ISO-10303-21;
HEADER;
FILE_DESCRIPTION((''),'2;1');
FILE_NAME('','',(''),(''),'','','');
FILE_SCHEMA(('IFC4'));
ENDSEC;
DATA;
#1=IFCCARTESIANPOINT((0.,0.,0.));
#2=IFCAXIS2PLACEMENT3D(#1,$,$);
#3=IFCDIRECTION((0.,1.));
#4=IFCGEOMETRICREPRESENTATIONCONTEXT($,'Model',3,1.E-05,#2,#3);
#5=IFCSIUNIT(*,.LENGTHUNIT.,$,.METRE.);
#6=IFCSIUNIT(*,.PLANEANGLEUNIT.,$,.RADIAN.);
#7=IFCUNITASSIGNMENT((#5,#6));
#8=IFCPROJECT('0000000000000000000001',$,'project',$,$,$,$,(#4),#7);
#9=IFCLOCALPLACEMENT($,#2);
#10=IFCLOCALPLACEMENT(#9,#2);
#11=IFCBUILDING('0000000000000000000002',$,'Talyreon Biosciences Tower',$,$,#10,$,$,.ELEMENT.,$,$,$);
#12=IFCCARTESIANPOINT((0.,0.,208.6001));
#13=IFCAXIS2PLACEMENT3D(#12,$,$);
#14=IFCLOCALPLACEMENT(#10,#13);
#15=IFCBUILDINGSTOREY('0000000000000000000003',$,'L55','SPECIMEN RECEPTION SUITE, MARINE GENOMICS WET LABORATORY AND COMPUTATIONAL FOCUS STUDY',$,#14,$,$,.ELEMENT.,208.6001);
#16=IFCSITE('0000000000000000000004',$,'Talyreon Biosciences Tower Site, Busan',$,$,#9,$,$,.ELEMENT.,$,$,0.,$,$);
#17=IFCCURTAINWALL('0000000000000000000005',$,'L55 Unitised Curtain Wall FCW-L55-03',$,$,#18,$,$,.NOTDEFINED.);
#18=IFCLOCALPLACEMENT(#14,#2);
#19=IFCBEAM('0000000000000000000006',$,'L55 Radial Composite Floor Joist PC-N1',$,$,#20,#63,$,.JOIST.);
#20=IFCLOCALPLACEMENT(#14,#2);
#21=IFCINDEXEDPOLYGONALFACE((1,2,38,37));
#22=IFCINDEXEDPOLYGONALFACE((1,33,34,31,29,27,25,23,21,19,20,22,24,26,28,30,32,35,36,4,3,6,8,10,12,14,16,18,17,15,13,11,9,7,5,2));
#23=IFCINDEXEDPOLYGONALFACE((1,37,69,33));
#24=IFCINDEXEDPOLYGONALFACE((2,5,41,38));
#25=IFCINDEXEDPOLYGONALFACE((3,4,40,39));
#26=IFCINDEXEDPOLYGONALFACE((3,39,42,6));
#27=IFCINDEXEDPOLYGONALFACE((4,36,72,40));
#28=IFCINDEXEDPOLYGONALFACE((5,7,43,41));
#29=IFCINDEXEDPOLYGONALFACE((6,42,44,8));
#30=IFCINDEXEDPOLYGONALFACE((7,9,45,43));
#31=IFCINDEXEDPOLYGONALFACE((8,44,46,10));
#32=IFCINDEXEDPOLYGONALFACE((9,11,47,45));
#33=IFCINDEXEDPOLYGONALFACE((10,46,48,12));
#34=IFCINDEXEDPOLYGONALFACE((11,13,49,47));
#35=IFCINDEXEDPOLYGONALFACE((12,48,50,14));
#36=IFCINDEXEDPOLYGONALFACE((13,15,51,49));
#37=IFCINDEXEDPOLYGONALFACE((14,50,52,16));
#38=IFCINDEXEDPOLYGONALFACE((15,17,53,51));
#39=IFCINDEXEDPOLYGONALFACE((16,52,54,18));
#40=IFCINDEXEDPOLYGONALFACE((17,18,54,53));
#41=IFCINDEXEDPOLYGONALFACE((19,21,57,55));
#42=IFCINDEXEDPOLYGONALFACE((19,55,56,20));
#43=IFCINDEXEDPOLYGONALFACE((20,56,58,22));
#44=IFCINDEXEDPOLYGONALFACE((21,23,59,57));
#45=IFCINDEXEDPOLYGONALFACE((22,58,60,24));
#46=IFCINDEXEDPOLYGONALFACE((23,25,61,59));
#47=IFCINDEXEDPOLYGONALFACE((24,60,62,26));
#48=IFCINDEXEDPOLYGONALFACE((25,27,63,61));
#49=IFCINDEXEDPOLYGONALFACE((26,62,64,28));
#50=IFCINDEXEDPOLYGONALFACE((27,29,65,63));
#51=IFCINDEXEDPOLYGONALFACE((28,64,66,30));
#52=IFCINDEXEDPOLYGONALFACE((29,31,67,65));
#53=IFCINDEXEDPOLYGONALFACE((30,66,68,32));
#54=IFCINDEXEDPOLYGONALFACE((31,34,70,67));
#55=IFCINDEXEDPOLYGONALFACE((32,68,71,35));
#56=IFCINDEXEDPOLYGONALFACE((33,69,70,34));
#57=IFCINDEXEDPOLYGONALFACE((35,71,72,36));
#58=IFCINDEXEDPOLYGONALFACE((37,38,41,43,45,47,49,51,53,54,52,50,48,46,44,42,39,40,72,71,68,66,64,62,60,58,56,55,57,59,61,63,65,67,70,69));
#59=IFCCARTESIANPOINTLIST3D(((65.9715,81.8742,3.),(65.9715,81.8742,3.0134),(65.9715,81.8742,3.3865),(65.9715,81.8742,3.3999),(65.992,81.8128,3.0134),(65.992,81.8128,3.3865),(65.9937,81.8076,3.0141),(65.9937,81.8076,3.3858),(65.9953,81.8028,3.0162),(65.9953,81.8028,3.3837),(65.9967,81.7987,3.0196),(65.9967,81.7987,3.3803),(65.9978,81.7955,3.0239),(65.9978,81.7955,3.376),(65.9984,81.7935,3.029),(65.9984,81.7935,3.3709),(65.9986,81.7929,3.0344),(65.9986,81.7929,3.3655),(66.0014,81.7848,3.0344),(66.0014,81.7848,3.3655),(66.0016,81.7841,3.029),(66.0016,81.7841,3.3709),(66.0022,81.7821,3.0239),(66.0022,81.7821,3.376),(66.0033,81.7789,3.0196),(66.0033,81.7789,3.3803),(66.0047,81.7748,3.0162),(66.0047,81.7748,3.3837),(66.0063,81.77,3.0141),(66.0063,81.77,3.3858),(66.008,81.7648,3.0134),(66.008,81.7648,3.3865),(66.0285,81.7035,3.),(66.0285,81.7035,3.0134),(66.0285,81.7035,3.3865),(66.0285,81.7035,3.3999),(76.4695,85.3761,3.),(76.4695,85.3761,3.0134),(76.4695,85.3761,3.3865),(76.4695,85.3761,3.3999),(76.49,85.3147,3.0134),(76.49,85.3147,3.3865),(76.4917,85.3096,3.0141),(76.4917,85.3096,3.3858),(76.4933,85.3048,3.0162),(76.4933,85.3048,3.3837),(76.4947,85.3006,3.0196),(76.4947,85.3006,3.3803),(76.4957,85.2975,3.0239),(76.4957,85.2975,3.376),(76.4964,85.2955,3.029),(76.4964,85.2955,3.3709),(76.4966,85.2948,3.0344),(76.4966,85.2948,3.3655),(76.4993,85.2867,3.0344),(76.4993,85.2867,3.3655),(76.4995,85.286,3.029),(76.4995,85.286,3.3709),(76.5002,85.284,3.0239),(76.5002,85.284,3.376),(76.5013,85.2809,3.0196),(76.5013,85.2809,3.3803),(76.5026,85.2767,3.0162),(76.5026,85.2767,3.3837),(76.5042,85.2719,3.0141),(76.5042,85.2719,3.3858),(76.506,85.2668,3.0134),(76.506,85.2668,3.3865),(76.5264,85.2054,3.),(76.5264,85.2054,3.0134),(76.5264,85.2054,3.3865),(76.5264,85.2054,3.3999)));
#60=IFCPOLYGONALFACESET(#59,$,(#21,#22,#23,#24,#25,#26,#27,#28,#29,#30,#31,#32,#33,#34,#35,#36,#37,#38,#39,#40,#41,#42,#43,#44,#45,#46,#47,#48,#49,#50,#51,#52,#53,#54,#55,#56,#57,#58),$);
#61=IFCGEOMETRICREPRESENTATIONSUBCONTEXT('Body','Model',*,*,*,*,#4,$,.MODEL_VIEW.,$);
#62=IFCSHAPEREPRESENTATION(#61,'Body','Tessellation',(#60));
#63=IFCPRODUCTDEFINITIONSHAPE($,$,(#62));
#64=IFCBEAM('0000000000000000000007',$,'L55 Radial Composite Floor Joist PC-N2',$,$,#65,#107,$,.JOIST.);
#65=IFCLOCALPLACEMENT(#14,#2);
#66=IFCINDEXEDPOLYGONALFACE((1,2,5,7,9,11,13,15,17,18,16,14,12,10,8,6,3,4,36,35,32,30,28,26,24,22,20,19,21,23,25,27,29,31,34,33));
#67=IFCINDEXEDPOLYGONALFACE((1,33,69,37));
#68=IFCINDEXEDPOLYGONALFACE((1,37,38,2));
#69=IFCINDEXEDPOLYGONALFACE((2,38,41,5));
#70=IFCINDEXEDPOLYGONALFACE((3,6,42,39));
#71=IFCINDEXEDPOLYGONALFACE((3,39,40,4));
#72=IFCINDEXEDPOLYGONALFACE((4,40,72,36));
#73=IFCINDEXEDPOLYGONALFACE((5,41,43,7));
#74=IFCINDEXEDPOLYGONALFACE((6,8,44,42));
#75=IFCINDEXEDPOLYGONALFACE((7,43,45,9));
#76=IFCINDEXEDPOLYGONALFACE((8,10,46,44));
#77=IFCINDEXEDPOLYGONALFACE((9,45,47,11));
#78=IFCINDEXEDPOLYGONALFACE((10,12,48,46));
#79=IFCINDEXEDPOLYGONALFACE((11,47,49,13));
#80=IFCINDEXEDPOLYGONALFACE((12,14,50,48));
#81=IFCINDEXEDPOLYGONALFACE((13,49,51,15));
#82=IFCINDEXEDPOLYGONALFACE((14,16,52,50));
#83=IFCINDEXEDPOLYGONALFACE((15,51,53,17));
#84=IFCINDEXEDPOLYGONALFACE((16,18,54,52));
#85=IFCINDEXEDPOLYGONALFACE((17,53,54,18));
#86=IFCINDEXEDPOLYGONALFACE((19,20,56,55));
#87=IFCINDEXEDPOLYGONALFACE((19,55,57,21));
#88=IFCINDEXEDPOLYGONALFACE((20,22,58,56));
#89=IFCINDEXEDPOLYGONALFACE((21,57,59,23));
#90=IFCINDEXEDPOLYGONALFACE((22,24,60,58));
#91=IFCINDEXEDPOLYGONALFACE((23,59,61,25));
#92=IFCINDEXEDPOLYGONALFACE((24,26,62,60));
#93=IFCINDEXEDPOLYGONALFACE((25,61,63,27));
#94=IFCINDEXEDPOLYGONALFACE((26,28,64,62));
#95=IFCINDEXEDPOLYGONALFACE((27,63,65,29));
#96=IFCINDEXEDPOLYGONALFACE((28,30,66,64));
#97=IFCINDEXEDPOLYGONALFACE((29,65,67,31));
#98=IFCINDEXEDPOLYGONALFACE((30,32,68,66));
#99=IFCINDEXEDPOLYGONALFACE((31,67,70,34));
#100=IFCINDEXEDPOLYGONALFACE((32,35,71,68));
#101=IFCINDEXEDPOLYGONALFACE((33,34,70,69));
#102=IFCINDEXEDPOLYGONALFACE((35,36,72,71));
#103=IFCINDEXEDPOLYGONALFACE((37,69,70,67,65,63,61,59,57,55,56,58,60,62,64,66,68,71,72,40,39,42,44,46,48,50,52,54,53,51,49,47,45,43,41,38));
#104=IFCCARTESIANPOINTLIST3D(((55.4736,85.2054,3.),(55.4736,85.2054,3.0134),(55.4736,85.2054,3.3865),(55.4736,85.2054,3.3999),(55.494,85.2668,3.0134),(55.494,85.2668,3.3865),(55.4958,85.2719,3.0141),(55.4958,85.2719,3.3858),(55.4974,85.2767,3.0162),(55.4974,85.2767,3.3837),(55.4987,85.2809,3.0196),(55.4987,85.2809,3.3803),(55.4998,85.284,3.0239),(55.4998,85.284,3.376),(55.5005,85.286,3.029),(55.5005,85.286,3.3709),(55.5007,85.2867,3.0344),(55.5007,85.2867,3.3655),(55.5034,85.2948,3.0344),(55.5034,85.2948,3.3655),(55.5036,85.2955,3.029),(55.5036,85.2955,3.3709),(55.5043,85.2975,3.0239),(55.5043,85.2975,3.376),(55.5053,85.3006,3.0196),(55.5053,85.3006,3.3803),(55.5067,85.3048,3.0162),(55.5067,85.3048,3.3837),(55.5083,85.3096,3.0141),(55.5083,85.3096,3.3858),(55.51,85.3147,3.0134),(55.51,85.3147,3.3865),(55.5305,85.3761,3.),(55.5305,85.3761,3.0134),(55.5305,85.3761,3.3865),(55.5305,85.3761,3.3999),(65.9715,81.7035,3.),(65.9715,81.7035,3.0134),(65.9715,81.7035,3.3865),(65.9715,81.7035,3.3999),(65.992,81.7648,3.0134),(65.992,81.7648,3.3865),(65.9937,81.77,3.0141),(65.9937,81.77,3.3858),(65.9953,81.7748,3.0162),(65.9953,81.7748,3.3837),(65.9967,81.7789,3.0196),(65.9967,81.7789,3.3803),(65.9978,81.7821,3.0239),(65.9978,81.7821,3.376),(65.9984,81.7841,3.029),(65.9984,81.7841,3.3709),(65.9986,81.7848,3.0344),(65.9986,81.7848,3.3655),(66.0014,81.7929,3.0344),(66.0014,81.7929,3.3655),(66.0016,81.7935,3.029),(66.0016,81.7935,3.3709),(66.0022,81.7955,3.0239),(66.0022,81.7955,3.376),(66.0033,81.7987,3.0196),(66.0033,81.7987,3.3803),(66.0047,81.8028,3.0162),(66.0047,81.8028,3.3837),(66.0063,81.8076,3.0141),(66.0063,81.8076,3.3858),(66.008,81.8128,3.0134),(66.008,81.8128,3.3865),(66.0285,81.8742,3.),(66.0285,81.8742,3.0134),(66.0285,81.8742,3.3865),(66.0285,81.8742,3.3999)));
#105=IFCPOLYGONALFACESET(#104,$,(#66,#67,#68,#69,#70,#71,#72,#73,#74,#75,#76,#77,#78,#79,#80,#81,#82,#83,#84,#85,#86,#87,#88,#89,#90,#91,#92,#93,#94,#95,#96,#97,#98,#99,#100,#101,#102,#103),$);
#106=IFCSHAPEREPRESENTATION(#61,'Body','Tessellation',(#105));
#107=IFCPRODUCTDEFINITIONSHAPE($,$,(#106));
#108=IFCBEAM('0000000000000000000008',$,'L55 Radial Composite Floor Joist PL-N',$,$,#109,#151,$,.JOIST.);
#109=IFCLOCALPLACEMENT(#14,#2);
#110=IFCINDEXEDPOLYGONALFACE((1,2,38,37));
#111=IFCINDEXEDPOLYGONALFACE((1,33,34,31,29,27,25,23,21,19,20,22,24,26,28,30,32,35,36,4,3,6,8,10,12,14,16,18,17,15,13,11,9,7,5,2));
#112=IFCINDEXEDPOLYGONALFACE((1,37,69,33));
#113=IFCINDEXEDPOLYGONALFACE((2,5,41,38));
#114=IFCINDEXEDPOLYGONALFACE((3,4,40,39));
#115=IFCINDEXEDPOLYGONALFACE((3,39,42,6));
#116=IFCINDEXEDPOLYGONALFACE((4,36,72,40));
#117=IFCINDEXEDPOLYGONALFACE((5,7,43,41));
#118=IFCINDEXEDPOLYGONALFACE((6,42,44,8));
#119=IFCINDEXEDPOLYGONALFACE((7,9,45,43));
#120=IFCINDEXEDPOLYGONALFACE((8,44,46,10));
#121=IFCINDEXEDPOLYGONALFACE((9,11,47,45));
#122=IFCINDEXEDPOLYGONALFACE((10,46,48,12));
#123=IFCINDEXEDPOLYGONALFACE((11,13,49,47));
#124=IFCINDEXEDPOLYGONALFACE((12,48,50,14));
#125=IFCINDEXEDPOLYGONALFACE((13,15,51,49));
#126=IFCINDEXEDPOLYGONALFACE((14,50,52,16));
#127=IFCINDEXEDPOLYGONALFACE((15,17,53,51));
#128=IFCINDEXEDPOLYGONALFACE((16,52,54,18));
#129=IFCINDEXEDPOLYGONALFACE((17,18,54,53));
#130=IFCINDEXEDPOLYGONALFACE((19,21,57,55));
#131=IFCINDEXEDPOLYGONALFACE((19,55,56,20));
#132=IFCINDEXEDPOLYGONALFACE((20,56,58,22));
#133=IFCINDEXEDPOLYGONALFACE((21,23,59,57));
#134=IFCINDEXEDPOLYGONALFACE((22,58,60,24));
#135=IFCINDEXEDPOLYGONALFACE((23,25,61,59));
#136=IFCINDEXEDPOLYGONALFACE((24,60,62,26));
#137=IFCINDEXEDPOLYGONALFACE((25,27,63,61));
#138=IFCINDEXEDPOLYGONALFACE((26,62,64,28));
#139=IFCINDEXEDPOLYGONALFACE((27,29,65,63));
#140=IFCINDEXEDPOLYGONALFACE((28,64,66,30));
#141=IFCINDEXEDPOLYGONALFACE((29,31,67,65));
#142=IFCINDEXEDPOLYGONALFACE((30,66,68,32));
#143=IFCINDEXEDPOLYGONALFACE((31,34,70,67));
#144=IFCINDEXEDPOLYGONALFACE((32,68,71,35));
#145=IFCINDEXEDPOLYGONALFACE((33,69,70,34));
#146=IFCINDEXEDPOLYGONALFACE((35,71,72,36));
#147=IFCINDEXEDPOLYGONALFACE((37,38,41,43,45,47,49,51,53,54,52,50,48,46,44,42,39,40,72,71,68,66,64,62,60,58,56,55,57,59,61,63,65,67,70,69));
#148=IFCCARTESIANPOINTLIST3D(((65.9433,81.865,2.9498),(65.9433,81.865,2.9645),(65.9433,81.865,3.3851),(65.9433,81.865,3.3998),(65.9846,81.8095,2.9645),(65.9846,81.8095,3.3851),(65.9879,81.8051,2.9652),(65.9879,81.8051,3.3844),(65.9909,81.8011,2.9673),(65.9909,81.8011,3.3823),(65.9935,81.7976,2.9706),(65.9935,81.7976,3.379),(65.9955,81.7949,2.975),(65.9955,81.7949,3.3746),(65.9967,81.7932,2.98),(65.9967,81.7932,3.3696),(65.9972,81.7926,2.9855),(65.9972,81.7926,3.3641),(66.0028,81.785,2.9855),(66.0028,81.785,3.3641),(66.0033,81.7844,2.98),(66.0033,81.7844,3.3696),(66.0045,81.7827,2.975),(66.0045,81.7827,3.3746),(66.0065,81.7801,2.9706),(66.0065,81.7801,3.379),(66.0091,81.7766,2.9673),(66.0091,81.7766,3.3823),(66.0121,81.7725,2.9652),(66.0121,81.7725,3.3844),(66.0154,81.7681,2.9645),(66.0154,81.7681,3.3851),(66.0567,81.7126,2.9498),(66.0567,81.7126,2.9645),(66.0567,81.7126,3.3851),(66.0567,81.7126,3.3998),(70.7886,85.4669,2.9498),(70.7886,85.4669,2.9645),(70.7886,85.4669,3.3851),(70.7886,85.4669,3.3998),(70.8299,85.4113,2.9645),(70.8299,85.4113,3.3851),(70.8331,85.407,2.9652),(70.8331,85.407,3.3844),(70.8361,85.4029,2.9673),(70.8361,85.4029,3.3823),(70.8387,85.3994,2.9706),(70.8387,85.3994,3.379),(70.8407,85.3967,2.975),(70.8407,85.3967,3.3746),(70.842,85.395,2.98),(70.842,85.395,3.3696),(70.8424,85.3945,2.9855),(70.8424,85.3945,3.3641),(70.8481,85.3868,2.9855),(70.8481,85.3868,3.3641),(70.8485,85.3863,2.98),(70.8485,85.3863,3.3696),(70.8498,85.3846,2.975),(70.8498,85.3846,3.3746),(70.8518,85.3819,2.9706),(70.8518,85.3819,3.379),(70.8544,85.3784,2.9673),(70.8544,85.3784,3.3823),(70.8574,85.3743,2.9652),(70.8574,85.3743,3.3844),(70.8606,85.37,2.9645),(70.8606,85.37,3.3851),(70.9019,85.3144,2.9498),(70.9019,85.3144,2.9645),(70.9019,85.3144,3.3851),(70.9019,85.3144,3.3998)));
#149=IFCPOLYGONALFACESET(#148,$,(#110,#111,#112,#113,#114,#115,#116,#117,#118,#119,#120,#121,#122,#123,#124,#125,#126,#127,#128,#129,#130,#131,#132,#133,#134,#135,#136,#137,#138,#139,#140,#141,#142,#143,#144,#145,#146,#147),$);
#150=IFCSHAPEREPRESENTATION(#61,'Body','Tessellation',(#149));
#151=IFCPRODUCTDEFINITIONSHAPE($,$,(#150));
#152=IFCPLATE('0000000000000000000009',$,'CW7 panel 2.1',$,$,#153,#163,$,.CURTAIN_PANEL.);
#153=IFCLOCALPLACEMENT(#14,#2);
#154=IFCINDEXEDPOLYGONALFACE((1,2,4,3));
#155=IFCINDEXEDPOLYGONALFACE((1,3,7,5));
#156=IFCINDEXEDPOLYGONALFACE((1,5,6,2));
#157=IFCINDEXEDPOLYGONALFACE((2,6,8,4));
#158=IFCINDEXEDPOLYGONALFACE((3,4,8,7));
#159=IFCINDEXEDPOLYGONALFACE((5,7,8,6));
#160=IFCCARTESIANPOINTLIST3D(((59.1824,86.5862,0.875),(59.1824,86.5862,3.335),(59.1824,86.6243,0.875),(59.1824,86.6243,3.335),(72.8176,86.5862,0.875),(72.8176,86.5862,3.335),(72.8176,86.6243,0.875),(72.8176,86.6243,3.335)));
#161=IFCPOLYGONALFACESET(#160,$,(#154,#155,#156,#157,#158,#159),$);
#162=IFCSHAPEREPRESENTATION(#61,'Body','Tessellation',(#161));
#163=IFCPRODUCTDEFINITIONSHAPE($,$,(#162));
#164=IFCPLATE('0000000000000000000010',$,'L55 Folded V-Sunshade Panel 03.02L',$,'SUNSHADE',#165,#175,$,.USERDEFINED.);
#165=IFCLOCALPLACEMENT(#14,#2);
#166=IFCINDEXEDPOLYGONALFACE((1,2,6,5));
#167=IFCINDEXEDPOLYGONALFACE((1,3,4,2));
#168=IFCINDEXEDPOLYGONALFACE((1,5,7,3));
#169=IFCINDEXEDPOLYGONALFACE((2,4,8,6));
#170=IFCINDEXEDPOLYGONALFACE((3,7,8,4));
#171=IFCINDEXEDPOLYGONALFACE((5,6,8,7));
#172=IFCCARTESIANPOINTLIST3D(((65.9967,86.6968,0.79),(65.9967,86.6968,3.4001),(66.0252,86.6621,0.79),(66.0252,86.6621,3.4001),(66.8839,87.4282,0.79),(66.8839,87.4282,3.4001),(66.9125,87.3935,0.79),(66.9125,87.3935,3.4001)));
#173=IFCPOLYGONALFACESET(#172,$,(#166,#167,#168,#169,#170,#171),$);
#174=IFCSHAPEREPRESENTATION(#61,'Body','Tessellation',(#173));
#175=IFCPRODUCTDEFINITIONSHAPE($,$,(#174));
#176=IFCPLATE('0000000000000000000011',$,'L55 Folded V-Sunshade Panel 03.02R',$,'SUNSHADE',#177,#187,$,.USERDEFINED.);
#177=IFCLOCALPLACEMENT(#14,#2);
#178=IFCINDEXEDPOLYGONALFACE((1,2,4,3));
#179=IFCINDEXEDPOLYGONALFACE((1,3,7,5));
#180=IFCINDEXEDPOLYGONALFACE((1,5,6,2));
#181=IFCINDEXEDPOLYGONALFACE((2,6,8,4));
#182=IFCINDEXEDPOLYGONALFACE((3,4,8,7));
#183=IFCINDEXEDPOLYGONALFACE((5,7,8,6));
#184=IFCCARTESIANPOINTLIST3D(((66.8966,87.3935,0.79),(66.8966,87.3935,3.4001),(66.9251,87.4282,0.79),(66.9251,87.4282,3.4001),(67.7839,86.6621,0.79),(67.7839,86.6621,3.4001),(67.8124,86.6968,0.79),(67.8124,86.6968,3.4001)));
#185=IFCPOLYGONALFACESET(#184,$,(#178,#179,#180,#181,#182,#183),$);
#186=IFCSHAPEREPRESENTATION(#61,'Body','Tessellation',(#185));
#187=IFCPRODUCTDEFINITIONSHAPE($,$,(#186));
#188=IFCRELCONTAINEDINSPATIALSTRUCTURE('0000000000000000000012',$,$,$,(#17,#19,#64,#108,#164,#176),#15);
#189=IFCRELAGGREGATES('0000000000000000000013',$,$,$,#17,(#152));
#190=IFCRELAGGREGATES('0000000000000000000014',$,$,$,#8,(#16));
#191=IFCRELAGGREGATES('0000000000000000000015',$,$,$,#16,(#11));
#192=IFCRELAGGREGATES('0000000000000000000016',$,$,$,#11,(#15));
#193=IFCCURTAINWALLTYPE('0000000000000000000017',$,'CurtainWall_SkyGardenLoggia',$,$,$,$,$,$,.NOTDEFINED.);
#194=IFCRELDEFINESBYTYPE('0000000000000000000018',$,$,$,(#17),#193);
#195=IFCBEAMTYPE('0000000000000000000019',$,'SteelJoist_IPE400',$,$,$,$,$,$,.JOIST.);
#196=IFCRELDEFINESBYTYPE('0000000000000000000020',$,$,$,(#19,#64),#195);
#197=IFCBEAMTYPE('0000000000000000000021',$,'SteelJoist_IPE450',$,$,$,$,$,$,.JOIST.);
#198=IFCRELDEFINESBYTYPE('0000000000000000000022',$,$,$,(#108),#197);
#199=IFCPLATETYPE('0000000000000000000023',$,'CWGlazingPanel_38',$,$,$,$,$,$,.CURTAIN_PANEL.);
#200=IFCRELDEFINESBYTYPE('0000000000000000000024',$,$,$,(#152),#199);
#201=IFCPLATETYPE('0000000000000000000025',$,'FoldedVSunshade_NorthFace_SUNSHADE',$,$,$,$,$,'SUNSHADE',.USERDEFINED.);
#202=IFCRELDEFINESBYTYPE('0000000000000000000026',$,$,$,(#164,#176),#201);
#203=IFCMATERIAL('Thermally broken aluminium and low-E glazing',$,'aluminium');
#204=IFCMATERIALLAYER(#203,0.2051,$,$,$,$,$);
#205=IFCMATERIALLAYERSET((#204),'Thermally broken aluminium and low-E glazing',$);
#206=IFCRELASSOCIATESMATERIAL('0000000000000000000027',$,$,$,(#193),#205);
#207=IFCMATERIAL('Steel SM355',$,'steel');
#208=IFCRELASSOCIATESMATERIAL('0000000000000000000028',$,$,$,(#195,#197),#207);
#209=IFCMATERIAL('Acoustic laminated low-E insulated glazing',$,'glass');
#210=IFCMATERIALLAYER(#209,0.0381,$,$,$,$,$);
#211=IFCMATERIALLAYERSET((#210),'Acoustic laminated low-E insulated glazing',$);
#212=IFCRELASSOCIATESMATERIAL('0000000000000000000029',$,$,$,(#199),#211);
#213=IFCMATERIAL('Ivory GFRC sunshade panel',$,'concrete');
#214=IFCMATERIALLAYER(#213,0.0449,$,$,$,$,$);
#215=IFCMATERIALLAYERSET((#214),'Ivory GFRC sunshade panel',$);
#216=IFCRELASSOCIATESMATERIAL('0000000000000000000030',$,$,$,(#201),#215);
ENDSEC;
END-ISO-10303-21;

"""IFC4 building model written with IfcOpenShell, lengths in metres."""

from ifc_helpers import new_model, si_unit, direction, frame, origin, origin_2d, place, context, subcontext, project, spatial, rectangle, i_section, extrude, material, layer, layer_set, material_profile, profile_set, type_object, element, aggregate, save


model = new_model("IFC4")

# Units and contexts
model_context = context("Model", 3, precision=1e-05, world=origin(), true_north=direction((0.0, 1.0)))
body_context = subcontext(model_context, "Body", "Model", "MODEL_VIEW")
ifc_project = project(units=[si_unit("LENGTHUNIT", "METRE"), si_unit("PLANEANGLEUNIT", "RADIAN")], contexts=[model_context])

# Site, building, storey
site_placement = place(None, origin())
site = spatial("IfcSite", under=ifc_project, at=site_placement, Name="Talyreon Biosciences Tower Site, Busan", CompositionType="ELEMENT", RefElevation=0.0)
building_placement = place(site_placement, origin())
building = spatial("IfcBuilding", under=site, at=building_placement, Name="Talyreon Biosciences Tower", CompositionType="ELEMENT")
storey_placement = place(building_placement, frame((0.0, 0.0, 208.6001)))
storey = spatial("IfcBuildingStorey", under=building, at=storey_placement, Name="L55", Description="SPECIMEN RECEPTION SUITE, MARINE GENOMICS WET LABORATORY AND COMPUTATIONAL FOCUS STUDY", CompositionType="ELEMENT", Elevation=208.6001)

# Curtain wall
ifc_material_1 = material(Name="Thermally broken aluminium and low-E glazing", Category="aluminium")
ifc_layer_1 = layer(ifc_material_1, 0.2051)
ifc_layer_set_1 = layer_set([ifc_layer_1], Name="Thermally broken aluminium and low-E glazing")
curtain_wall_type = type_object("IfcCurtainWallType", Name="CurtainWall_SkyGardenLoggia", PredefinedType="NOTDEFINED", material=ifc_layer_set_1)
curtain_wall_placement = place(storey_placement, origin())
curtain_wall = element("IfcCurtainWall", 1, at=curtain_wall_placement, inside=storey, type_object=curtain_wall_type, Name="L55 Unitised Curtain Wall FCW-L55-03", PredefinedType="NOTDEFINED")

# Beams
ifc_material_2 = material(Name="Steel SM355", Category="steel")
ifc_material_profile_1 = material_profile(ifc_material_2, i_section(OverallWidth=0.1799, OverallDepth=0.3999, WebThickness=0.0085, FlangeThickness=0.0134, FilletRadius=0.021, at=origin_2d()), Name="IPE400")
ifc_profile_set_1 = profile_set([ifc_material_profile_1], Name="Steel SM355")
beam_type_1 = type_object("IfcBeamType", Name="SteelJoist_IPE400", PredefinedType="JOIST", material=ifc_profile_set_1)
for number, where, z_axis, x_axis, name in (
    (2, (66.0, 81.7888, 3.2), (0.948613, 0.31644, 0.0), (-0.31644, 0.948613, 0.0), "L55 Radial Composite Floor Joist PC-N1"),
    (3, (66.0, 81.7888, 3.2), (-0.948613, 0.31644, 0.0), (-0.31644, -0.948613, 0.0), "L55 Radial Composite Floor Joist PC-N2"),
):
    element("IfcBeam", number, at=place(storey_placement, frame(where, z_axis=z_axis, x_axis=x_axis)), inside=storey, type_object=beam_type_1, Name=name, PredefinedType="JOIST", context=body_context, shape_type="SweptSolid", body=[
        extrude(i_section(OverallWidth=0.1799, OverallDepth=0.3999, WebThickness=0.0085, FlangeThickness=0.0134, FilletRadius=0.021, at=origin_2d()), origin(), (0.0, 0.0, 1.0), 11.0667),
    ])
ifc_material_profile_2 = material_profile(ifc_material_2, i_section(OverallWidth=0.1899, OverallDepth=0.45, WebThickness=0.0095, FlangeThickness=0.0146, FilletRadius=0.021, at=origin_2d()), Name="IPE450")
ifc_profile_set_2 = profile_set([ifc_material_profile_2], Name="Steel SM355")
beam_type_2 = type_object("IfcBeamType", Name="SteelJoist_IPE450", PredefinedType="JOIST", material=ifc_profile_set_2)
beam_1_placement = place(storey_placement, frame((66.0, 81.7888, 3.1748), z_axis=(0.802545, 0.596591, 0.0), x_axis=(-0.596591, 0.802545, 0.0)))
element("IfcBeam", 4, at=beam_1_placement, inside=storey, type_object=beam_type_2, Name="L55 Radial Composite Floor Joist PL-N", PredefinedType="JOIST", context=body_context, shape_type="SweptSolid", body=[
    extrude(i_section(OverallWidth=0.1899, OverallDepth=0.45, WebThickness=0.0095, FlangeThickness=0.0146, FilletRadius=0.021, at=origin_2d()), origin(), (0.0, 0.0, 1.0), 6.0374),
])

# Plate
ifc_material_3 = material(Name="Acoustic laminated low-E insulated glazing", Category="glass")
ifc_layer_2 = layer(ifc_material_3, 0.0381)
ifc_layer_set_2 = layer_set([ifc_layer_2], Name="Acoustic laminated low-E insulated glazing")
plate_type_1 = type_object("IfcPlateType", Name="CWGlazingPanel_38", PredefinedType="CURTAIN_PANEL", material=ifc_layer_set_2)
plate_placement = place(storey_placement, frame((66.0, 86.6052, 0.875), z_axis=(0.0, 0.0, 1.0), x_axis=(1.0, 0.0, 0.0)))
plate = element("IfcPlate", 5, at=plate_placement, type_object=plate_type_1, Name="CW7 panel 2.1", PredefinedType="CURTAIN_PANEL", context=body_context, shape_type="SweptSolid", body=[
    extrude(rectangle(XDim=13.6353, YDim=0.0381, at=origin_2d()), origin(), (0.0, 0.0, 1.0), 2.46),
])
aggregate(curtain_wall, [plate])

# Plates
ifc_material_4 = material(Name="Ivory GFRC sunshade panel", Category="concrete")
ifc_layer_3 = layer(ifc_material_4, 0.0449)
ifc_layer_set_3 = layer_set([ifc_layer_3], Name="Ivory GFRC sunshade panel")
plate_type_2 = type_object("IfcPlateType", Name="FoldedVSunshade_NorthFace_SUNSHADE", ElementType="SUNSHADE", PredefinedType="USERDEFINED", material=ifc_layer_set_3)
for number, where, z_axis, x_axis, name in (
    (6, (66.4546, 87.0452, 0.79), (0.0, 0.0, 1.0), (0.771625, 0.636078, 0.0), "L55 Folded V-Sunshade Panel 03.02L"),
    (7, (67.3545, 87.0452, 0.79), (0.0, 0.0, 1.0), (0.771625, -0.636078, 0.0), "L55 Folded V-Sunshade Panel 03.02R"),
):
    element("IfcPlate", number, at=place(storey_placement, frame(where, z_axis=z_axis, x_axis=x_axis)), inside=storey, type_object=plate_type_2, Name=name, ObjectType="SUNSHADE", PredefinedType="USERDEFINED", context=body_context, shape_type="SweptSolid", body=[
        extrude(rectangle(XDim=1.1499, YDim=0.0449, at=origin_2d()), origin(), (0.0, 0.0, 1.0), 2.6101),
    ])

save(model, "model.ifc")
